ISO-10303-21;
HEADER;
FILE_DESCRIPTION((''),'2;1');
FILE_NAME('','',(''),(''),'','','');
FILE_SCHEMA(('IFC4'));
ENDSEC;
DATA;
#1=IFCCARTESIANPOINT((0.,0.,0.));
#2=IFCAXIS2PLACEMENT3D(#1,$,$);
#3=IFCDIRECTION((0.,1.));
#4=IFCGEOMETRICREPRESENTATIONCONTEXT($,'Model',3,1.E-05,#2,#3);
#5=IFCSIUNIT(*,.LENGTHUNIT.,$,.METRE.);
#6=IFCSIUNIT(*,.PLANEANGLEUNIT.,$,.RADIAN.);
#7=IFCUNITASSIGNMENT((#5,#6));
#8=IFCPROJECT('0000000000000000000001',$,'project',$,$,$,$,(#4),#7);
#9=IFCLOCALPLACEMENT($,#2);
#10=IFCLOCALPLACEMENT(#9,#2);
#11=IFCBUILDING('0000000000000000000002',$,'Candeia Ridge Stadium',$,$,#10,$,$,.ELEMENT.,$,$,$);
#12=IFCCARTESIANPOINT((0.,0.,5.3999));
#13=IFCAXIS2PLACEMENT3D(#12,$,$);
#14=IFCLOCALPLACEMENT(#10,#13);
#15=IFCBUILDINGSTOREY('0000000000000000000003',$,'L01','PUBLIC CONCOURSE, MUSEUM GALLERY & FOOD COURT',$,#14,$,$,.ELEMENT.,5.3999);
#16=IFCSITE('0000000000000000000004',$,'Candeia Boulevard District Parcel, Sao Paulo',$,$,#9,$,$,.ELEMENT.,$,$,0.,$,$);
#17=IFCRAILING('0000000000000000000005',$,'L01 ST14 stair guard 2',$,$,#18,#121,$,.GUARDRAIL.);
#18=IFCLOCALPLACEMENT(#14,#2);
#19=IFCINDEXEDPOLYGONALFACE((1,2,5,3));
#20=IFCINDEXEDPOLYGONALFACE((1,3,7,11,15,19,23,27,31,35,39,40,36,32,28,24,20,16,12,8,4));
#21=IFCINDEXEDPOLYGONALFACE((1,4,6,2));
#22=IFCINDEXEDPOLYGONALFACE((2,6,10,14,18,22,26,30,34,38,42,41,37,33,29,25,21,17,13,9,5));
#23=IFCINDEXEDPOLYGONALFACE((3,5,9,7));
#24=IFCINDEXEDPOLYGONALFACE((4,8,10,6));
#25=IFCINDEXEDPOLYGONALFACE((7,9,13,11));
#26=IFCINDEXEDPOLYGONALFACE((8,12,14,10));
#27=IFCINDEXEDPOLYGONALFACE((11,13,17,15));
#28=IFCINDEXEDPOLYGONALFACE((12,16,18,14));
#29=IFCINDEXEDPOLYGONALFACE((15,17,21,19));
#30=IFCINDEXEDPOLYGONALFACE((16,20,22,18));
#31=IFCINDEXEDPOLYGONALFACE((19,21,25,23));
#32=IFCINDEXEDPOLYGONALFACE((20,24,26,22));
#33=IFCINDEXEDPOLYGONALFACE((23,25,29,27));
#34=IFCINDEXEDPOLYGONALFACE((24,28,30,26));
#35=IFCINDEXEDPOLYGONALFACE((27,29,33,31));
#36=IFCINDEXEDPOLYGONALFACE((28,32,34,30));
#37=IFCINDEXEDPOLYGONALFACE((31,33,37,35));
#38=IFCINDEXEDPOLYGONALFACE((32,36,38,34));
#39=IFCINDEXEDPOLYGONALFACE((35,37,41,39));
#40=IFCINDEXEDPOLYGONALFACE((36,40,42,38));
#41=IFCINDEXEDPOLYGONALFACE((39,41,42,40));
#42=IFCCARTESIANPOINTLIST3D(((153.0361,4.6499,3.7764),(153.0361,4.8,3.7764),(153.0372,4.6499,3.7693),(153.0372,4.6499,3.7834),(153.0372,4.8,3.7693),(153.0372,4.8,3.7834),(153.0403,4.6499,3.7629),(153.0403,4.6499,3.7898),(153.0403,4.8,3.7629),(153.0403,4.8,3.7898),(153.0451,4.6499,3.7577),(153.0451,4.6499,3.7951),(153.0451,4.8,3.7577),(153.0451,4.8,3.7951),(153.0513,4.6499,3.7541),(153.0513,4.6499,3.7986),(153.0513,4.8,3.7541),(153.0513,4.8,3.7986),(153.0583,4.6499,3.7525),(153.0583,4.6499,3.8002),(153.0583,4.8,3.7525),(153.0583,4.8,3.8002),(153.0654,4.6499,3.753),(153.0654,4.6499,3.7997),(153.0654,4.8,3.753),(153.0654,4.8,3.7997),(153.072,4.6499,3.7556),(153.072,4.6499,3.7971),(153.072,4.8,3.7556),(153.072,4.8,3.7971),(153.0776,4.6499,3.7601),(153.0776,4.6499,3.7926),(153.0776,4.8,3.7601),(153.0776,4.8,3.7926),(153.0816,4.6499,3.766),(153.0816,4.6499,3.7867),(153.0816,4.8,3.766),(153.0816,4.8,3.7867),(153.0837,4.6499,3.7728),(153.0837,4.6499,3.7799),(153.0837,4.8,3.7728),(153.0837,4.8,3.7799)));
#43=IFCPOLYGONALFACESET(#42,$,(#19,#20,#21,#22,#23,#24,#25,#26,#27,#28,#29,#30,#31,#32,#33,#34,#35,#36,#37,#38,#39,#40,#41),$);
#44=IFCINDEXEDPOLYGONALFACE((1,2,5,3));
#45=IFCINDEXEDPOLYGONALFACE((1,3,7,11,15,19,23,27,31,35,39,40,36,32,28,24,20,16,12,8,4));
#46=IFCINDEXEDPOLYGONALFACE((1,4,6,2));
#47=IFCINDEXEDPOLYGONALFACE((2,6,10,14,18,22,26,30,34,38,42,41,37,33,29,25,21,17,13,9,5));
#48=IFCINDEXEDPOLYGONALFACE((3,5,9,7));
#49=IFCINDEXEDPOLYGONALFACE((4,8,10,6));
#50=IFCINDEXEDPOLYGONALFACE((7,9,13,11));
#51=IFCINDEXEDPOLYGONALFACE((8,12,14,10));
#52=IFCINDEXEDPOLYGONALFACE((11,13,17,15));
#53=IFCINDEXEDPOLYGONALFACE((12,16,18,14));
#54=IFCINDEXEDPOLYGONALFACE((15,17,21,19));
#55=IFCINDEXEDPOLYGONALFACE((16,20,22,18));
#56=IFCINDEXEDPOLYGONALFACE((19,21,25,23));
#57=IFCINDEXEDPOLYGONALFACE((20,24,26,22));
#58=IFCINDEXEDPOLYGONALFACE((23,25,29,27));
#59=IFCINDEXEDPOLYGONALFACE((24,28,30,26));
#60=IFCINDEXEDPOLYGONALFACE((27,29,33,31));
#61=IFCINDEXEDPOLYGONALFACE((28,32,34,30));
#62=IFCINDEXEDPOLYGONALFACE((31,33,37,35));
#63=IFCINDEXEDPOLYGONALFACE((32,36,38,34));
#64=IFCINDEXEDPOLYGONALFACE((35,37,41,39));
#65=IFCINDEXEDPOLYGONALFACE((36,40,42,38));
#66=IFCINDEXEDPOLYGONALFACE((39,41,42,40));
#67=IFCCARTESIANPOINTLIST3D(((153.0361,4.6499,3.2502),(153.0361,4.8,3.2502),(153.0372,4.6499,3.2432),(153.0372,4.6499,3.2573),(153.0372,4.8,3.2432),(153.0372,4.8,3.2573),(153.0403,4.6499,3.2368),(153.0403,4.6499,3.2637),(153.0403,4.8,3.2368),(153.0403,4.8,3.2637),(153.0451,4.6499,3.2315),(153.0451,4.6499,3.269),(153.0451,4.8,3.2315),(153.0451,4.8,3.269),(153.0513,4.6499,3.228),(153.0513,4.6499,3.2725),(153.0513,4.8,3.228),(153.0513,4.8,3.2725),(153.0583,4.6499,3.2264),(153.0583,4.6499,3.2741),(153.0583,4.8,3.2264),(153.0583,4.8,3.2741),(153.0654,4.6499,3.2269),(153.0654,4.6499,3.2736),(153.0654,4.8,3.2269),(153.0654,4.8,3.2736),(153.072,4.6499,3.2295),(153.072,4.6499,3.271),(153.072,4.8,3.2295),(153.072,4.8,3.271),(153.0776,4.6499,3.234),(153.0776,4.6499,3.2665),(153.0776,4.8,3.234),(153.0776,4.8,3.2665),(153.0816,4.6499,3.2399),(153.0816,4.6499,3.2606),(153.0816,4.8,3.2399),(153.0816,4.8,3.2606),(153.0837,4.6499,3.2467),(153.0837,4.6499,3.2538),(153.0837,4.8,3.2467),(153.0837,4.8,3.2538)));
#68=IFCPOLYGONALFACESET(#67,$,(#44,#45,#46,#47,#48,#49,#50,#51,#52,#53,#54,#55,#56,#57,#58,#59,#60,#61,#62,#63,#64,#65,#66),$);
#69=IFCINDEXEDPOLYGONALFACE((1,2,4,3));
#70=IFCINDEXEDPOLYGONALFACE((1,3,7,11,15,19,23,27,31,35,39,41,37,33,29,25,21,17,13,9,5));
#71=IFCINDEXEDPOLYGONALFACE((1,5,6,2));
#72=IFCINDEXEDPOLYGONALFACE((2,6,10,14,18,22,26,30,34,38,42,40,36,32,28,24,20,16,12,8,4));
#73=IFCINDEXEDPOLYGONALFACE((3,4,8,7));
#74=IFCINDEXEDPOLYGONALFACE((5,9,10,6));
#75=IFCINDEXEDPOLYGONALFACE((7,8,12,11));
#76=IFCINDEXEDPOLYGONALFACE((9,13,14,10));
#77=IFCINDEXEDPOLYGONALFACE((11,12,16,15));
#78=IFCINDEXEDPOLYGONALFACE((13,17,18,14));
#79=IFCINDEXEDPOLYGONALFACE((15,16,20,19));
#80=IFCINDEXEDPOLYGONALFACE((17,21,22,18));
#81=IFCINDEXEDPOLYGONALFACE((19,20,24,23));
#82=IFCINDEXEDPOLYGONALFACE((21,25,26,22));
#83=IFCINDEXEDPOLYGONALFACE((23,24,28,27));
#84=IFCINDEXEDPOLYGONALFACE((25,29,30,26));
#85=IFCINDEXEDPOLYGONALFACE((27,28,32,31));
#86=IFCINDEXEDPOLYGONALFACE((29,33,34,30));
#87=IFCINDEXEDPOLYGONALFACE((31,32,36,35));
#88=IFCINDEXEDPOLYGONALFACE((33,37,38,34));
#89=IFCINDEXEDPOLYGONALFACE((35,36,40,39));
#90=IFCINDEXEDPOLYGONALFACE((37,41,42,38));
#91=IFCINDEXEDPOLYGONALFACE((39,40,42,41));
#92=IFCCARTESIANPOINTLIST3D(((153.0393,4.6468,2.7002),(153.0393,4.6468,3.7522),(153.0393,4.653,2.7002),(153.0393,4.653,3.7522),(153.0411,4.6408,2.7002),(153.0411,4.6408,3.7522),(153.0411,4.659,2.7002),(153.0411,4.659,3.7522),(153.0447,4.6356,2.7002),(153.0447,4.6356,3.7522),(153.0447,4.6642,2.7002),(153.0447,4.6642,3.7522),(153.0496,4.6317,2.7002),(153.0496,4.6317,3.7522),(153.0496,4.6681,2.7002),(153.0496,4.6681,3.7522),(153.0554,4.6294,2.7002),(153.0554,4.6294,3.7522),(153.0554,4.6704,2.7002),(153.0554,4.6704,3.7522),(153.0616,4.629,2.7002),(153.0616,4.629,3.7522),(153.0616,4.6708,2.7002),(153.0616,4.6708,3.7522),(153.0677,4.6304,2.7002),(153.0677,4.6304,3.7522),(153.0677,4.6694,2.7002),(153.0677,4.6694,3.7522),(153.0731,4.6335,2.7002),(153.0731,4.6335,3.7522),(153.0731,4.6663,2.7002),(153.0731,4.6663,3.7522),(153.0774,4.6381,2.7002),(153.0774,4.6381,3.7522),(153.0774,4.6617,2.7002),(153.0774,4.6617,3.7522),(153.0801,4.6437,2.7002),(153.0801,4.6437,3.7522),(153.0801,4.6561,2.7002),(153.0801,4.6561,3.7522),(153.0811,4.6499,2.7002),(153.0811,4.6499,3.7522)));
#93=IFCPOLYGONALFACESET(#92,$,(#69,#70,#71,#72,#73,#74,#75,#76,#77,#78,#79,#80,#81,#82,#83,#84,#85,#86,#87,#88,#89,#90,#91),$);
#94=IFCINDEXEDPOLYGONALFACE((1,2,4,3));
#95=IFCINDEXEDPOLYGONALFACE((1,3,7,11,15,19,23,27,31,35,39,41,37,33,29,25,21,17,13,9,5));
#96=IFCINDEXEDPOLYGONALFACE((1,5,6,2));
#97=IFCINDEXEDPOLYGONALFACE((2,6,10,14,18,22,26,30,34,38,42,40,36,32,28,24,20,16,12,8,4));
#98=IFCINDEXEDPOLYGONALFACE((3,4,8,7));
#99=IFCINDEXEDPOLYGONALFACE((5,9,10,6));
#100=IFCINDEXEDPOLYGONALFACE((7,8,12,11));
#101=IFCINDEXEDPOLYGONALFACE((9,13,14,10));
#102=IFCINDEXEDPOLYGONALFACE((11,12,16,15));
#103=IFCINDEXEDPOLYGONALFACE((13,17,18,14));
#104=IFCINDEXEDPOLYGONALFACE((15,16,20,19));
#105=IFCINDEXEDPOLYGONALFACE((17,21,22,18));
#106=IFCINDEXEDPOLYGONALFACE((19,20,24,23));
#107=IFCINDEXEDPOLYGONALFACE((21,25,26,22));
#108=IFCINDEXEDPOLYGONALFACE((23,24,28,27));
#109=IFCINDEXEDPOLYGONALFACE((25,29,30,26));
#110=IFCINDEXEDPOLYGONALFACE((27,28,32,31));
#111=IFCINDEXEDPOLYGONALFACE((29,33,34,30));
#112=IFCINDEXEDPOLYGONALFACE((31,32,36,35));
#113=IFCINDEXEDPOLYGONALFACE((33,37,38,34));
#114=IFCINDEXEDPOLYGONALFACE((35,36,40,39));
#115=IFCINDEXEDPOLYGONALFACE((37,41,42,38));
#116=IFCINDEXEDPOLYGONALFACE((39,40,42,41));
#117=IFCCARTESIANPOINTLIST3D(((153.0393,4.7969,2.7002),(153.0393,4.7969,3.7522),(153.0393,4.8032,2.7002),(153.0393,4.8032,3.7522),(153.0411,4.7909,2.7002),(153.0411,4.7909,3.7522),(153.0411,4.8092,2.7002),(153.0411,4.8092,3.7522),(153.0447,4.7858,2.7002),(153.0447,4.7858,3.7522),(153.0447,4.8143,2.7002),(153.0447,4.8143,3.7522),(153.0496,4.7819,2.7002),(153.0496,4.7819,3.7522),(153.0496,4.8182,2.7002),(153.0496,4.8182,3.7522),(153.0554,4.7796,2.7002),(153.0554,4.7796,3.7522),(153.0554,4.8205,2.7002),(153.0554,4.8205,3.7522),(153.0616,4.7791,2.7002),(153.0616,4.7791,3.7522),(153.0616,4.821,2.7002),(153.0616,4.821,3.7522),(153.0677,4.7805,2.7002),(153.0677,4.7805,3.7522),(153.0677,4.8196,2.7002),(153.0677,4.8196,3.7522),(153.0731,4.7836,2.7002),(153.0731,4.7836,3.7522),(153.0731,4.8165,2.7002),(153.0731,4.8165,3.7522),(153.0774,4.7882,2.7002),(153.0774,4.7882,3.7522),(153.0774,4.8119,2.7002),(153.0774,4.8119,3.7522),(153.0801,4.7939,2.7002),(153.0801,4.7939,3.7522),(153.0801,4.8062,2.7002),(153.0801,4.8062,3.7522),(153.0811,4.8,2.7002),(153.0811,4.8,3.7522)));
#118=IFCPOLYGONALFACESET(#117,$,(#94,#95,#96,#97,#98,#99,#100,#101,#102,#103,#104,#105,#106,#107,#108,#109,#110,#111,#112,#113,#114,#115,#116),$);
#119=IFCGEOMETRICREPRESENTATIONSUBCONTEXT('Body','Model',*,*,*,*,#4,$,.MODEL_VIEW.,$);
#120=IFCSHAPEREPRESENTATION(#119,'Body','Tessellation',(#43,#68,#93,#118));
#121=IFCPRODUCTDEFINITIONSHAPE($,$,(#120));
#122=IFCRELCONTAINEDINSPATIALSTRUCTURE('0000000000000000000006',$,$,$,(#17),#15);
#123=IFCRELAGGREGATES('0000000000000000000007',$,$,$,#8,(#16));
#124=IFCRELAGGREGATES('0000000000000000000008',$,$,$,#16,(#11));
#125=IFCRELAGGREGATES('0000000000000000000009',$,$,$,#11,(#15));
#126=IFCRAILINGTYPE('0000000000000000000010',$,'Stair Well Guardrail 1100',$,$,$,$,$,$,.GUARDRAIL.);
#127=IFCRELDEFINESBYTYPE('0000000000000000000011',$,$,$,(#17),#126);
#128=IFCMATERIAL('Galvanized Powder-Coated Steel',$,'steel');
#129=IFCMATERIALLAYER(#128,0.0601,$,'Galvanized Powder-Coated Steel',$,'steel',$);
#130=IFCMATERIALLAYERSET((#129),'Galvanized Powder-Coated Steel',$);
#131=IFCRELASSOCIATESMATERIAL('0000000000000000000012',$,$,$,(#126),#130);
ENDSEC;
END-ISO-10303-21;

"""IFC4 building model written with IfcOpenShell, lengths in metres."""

from ifc_helpers import new_model, si_unit, direction, frame, origin, origin_2d, place, context, subcontext, project, spatial, circle, extrude, material, layer, layer_set, type_object, element, save


model = new_model("IFC4")

# Units and contexts
model_context = context("Model", 3, precision=1e-05, world=origin(), true_north=direction((0.0, 1.0)))
body_context = subcontext(model_context, "Body", "Model", "MODEL_VIEW")
ifc_project = project(units=[si_unit("LENGTHUNIT", "METRE"), si_unit("PLANEANGLEUNIT", "RADIAN")], contexts=[model_context])

# Site, building, storey
site_placement = place(None, origin())
site = spatial("IfcSite", under=ifc_project, at=site_placement, Name="Candeia Boulevard District Parcel, Sao Paulo", CompositionType="ELEMENT", RefElevation=0.0)
building_placement = place(site_placement, origin())
building = spatial("IfcBuilding", under=site, at=building_placement, Name="Candeia Ridge Stadium", CompositionType="ELEMENT")
storey_placement = place(building_placement, frame((0.0, 0.0, 5.3999)))
storey = spatial("IfcBuildingStorey", under=building, at=storey_placement, Name="L01", Description="PUBLIC CONCOURSE, MUSEUM GALLERY & FOOD COURT", CompositionType="ELEMENT", Elevation=5.3999)

# Railing
ifc_material_1 = material(Name="Galvanized Powder-Coated Steel", Category="steel")
ifc_layer_1 = layer(ifc_material_1, 0.0601, Name="Galvanized Powder-Coated Steel", Category="steel")
ifc_layer_set_1 = layer_set([ifc_layer_1], Name="Galvanized Powder-Coated Steel")
railing_type_1 = type_object("IfcRailingType", Name="Stair Well Guardrail 1100", PredefinedType="GUARDRAIL", material=ifc_layer_set_1)
railing_1_placement = place(storey_placement, frame((153.0601, 4.6499, 2.7002)))
element("IfcRailing", 1, at=railing_1_placement, inside=storey, type_object=railing_type_1, Name="L01 ST14 stair guard 2", PredefinedType="GUARDRAIL", context=body_context, shape_type="SweptSolid", body=[
    extrude(circle(Radius=0.0239, at=origin_2d()), frame((0.0, 0.0, 1.0762), z_axis=(0.0, 1.0, 0.0), x_axis=(-1.0, 0.0, 0.0)), (0.0, 0.0, 1.0), 0.1501),
    extrude(circle(Radius=0.0239, at=origin_2d()), frame((0.0, 0.0, 0.55), z_axis=(0.0, 1.0, 0.0), x_axis=(-1.0, 0.0, 0.0)), (0.0, 0.0, 1.0), 0.1501),
    extrude(circle(Radius=0.021, at=origin_2d()), origin(), (0.0, 0.0, 1.0), 1.052),
    extrude(circle(Radius=0.021, at=origin_2d()), frame((0.0, 0.1501, 0.0)), (0.0, 0.0, 1.0), 1.052),
])

save(model, "model.ifc")
